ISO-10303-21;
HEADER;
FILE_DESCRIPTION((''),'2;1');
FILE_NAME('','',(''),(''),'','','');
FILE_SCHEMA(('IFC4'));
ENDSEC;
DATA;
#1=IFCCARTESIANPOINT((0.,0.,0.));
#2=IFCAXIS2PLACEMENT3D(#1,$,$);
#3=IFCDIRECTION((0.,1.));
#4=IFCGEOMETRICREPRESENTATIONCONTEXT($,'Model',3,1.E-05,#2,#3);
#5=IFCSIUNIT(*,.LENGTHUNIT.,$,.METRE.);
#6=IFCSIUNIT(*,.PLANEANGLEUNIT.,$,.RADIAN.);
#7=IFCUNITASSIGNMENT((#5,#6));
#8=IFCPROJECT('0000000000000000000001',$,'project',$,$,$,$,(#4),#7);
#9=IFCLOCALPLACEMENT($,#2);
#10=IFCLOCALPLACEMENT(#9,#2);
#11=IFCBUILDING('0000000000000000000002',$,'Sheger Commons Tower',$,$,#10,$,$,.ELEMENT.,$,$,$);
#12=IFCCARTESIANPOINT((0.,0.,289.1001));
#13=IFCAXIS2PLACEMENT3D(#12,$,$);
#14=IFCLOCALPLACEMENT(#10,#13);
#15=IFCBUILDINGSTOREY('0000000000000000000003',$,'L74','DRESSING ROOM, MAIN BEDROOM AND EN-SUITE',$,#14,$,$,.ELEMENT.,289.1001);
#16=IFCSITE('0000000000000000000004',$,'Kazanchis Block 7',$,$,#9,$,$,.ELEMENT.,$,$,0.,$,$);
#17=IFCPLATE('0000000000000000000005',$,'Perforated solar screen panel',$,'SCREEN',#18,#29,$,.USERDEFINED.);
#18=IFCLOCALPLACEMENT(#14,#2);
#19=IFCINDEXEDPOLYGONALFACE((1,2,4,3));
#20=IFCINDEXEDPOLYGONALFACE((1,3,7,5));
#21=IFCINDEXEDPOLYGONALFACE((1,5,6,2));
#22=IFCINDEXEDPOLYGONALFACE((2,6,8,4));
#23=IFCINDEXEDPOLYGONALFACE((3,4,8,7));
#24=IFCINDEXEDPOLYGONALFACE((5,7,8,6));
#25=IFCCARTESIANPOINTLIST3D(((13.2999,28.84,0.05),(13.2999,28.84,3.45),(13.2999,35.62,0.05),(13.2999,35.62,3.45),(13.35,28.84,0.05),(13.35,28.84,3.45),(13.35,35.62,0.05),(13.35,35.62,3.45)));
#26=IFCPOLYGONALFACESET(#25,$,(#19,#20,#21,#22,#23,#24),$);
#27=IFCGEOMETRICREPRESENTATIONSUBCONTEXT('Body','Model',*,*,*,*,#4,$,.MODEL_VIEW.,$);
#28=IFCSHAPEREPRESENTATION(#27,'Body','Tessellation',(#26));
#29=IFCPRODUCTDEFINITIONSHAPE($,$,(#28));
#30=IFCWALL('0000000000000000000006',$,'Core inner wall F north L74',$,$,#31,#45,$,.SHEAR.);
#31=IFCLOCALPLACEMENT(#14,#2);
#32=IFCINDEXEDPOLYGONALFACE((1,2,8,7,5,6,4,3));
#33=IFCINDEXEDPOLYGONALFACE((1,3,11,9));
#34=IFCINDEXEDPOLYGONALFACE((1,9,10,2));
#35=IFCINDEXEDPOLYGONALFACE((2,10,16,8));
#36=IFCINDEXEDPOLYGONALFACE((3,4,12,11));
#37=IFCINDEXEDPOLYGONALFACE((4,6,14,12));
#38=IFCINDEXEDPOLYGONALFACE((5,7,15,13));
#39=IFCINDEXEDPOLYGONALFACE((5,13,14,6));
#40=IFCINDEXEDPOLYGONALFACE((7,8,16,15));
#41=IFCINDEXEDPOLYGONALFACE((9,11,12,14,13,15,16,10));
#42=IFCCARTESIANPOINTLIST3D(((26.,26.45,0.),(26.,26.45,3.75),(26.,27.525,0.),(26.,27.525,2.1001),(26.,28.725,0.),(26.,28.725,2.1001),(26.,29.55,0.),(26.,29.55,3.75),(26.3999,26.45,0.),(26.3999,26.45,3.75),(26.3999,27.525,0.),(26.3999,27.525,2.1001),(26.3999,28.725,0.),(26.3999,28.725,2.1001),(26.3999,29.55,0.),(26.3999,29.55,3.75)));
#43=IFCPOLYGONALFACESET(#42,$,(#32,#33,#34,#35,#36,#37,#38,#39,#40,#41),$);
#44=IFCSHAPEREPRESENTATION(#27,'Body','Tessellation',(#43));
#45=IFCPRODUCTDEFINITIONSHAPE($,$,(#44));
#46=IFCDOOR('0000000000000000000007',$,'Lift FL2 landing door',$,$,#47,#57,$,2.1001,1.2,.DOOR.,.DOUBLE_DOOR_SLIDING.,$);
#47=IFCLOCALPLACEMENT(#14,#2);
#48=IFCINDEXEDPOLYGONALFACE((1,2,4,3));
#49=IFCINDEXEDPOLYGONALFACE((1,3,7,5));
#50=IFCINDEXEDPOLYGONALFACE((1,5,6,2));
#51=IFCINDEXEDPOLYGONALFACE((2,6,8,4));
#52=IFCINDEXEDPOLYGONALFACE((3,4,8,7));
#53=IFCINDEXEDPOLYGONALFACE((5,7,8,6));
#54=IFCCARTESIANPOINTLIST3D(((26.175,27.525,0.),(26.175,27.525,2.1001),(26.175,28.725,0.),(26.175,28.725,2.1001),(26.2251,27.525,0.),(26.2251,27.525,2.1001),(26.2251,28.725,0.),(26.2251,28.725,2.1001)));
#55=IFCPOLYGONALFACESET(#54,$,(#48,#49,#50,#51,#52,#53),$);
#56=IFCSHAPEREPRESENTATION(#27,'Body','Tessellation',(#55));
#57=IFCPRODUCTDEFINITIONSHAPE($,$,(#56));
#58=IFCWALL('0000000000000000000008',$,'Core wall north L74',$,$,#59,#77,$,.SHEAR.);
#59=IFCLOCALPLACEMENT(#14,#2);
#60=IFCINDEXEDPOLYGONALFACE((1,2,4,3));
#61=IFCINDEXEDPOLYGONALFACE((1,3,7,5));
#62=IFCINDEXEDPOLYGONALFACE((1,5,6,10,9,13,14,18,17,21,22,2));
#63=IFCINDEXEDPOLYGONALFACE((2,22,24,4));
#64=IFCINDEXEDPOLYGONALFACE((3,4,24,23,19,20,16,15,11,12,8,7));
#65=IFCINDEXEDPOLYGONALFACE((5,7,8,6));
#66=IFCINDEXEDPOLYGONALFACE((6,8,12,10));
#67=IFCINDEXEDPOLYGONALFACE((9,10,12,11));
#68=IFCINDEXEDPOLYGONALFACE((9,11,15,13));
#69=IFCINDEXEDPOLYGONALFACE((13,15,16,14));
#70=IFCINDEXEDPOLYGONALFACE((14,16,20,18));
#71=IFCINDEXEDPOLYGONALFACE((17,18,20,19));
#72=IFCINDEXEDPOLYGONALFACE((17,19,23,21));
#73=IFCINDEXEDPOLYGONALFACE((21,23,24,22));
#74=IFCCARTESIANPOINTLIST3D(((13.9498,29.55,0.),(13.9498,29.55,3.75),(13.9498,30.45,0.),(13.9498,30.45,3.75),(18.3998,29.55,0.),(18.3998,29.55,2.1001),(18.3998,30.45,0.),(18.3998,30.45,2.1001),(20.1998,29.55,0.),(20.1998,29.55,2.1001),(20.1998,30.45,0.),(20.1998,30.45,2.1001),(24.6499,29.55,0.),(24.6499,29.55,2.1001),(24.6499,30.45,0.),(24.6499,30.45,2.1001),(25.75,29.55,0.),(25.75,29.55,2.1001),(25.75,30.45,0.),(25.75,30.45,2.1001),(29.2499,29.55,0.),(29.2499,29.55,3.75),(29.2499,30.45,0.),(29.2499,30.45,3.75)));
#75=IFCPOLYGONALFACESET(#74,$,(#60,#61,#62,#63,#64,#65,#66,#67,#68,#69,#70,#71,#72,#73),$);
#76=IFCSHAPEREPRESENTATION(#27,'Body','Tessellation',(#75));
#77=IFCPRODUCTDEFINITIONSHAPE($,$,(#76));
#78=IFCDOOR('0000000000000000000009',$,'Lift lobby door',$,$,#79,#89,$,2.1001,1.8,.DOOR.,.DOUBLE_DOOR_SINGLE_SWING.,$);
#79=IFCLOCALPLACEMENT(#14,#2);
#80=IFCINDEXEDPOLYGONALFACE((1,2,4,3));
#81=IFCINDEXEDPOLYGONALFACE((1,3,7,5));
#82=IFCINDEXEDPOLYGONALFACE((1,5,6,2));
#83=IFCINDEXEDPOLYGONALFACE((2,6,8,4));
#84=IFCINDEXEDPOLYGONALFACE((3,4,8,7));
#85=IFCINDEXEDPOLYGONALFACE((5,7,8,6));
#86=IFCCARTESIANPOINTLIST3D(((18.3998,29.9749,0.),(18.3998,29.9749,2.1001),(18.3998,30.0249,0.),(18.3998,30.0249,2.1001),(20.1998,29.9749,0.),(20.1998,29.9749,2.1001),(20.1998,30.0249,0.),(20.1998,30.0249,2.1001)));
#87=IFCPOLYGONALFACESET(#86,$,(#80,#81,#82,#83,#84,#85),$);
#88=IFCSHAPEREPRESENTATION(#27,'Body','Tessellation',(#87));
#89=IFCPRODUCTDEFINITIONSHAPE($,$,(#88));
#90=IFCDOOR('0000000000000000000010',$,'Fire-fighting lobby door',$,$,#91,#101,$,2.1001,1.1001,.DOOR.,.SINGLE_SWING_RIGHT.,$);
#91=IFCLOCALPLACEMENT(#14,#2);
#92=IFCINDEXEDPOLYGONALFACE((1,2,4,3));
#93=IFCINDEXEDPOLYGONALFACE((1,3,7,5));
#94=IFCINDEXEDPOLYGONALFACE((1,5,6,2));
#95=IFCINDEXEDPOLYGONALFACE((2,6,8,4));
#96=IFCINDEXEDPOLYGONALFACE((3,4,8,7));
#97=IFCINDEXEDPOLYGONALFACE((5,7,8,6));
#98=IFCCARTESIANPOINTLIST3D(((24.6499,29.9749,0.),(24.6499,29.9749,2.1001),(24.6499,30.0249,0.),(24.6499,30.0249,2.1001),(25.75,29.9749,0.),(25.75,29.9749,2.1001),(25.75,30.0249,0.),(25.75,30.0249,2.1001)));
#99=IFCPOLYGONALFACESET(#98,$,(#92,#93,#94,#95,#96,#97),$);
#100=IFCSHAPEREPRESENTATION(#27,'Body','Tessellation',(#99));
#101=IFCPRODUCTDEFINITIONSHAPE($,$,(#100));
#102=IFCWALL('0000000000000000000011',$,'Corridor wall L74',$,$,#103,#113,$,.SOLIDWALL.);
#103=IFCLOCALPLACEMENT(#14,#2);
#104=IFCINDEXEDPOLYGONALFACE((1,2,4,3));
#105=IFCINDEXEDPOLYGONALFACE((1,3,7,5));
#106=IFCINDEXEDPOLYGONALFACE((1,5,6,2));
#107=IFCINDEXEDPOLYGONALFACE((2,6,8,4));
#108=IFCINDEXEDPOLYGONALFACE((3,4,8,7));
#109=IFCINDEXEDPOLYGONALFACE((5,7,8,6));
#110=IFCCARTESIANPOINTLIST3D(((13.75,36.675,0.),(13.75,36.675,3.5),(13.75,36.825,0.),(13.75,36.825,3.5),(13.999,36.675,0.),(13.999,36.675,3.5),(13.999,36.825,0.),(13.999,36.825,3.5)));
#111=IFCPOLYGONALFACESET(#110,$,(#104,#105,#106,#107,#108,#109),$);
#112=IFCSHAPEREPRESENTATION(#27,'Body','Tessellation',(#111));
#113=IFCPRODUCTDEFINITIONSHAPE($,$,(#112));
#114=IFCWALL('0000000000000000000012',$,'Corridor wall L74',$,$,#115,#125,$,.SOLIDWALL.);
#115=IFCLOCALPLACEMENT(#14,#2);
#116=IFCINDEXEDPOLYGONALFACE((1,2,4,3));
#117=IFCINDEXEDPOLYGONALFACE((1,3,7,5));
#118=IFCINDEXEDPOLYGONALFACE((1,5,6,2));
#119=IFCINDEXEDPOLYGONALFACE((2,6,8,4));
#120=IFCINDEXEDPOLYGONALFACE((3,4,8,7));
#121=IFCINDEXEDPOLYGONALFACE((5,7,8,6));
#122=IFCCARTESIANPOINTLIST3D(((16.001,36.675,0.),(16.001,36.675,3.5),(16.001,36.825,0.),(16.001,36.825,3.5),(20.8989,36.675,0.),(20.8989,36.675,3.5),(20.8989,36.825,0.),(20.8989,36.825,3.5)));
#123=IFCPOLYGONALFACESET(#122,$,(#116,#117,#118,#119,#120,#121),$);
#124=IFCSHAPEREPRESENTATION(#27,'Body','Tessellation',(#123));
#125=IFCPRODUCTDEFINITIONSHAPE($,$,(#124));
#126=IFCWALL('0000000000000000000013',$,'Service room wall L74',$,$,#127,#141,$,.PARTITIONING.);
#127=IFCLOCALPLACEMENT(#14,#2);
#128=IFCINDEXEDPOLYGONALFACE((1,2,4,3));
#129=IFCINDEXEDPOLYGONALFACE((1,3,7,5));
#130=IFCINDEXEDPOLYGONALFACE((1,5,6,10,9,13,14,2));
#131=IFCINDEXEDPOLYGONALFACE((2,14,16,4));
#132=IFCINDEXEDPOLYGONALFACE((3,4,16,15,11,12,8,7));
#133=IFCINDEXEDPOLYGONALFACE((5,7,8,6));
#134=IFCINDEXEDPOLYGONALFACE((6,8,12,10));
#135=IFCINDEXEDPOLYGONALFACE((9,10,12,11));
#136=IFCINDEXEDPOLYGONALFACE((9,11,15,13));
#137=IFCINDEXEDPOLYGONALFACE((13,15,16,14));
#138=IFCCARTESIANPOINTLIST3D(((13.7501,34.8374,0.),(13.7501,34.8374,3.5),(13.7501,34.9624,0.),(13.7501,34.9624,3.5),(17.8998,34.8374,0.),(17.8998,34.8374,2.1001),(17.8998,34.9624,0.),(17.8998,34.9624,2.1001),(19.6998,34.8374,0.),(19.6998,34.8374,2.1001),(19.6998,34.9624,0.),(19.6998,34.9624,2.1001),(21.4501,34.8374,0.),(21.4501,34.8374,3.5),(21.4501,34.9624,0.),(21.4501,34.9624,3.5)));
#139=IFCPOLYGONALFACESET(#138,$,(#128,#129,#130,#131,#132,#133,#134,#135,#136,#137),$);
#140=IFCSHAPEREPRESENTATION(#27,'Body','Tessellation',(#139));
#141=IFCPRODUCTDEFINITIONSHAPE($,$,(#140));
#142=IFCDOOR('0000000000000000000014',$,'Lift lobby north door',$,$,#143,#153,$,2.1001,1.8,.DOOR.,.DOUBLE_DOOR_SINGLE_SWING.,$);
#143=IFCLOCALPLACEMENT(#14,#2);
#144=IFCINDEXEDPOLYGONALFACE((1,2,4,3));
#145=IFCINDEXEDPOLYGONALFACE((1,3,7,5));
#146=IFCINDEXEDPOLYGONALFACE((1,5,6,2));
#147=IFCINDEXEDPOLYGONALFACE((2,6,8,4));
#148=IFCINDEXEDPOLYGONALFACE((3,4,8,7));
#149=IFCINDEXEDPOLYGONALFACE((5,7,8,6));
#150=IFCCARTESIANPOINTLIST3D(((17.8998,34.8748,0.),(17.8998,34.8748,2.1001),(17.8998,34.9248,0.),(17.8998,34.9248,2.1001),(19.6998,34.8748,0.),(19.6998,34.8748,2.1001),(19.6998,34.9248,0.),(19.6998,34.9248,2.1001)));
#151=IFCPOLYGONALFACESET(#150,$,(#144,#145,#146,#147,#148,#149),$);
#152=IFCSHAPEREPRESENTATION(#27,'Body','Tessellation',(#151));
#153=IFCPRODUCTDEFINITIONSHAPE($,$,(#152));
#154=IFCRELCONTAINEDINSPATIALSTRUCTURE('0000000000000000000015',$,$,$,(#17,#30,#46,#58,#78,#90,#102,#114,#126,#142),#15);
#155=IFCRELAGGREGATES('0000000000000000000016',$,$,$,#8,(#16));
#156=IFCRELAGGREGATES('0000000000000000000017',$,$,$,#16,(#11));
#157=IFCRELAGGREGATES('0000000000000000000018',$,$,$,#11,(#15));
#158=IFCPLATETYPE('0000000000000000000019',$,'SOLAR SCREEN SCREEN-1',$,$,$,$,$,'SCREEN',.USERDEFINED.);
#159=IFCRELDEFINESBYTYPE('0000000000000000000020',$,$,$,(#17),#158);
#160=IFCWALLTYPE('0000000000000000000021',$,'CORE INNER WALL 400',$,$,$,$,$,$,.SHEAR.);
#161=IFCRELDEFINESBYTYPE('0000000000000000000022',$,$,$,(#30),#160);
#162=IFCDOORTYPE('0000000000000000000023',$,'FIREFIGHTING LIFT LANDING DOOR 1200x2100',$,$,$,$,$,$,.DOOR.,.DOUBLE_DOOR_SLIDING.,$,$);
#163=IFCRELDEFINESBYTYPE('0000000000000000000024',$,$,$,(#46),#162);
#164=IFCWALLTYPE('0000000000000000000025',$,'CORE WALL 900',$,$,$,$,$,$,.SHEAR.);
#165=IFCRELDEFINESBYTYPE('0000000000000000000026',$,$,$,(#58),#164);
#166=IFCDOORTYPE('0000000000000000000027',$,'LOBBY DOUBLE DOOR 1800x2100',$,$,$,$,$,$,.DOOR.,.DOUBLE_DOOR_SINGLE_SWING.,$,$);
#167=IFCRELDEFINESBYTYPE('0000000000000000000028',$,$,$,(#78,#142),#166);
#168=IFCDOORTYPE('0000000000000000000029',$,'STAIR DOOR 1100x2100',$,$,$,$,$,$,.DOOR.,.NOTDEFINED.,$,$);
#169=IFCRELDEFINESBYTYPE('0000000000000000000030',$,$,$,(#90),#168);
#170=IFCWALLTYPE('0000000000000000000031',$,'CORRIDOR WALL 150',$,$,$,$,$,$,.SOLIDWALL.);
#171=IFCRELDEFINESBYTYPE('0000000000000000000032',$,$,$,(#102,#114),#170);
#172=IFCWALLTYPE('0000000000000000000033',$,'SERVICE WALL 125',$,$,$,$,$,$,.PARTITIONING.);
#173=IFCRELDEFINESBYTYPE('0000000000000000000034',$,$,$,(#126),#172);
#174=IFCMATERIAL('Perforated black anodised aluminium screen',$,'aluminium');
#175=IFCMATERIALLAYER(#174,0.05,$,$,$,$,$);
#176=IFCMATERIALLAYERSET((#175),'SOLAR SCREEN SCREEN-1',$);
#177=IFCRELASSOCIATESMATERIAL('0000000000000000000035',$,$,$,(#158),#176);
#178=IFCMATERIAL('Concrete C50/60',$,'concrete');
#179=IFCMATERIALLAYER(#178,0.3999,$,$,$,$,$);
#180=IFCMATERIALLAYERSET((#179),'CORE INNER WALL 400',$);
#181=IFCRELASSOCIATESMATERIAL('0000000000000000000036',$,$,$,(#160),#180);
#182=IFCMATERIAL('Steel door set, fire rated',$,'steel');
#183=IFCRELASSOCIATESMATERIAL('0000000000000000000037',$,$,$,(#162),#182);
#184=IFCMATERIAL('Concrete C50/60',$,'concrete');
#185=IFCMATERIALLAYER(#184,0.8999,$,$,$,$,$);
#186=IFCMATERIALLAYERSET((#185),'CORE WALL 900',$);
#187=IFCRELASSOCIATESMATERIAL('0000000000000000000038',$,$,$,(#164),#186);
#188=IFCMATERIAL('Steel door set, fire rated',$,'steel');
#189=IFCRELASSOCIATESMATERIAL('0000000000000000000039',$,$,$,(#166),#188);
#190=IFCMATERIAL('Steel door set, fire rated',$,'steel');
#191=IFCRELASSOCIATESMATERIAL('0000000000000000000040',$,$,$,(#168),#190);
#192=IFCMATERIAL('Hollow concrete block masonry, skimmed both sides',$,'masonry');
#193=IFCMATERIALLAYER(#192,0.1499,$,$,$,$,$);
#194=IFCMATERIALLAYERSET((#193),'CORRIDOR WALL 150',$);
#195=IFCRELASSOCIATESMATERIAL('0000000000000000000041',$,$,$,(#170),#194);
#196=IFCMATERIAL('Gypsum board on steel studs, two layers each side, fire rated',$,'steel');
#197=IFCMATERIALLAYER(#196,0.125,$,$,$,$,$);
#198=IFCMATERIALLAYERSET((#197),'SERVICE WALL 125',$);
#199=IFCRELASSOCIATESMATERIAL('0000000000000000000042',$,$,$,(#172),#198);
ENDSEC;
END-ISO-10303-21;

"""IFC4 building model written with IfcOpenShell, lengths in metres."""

from ifc_helpers import new_model, si_unit, direction, frame, frame_2d, origin, origin_2d, place, context, subcontext, project, spatial, rectangle, extrude, material, layer, layer_set, type_object, element, fill, save


model = new_model("IFC4")

# Units and contexts
model_context = context("Model", 3, precision=1e-05, world=origin(), true_north=direction((0.0, 1.0)))
body_context = subcontext(model_context, "Body", "Model", "MODEL_VIEW")
ifc_project = project(units=[si_unit("LENGTHUNIT", "METRE"), si_unit("PLANEANGLEUNIT", "RADIAN")], contexts=[model_context])

# Site, building, storey
site_placement = place(None, origin())
site = spatial("IfcSite", under=ifc_project, at=site_placement, Name="Kazanchis Block 7", CompositionType="ELEMENT", RefElevation=0.0)
building_placement = place(site_placement, origin())
building = spatial("IfcBuilding", under=site, at=building_placement, Name="Sheger Commons Tower", CompositionType="ELEMENT")
storey_placement = place(building_placement, frame((0.0, 0.0, 289.1001)))
storey = spatial("IfcBuildingStorey", under=building, at=storey_placement, Name="L74", Description="DRESSING ROOM, MAIN BEDROOM AND EN-SUITE", CompositionType="ELEMENT", Elevation=289.1001)

# Plate
ifc_material_1 = material(Name="Perforated black anodised aluminium screen", Category="aluminium")
ifc_layer_1 = layer(ifc_material_1, 0.05)
ifc_layer_set_1 = layer_set([ifc_layer_1], Name="SOLAR SCREEN SCREEN-1")
plate_type = type_object("IfcPlateType", Name="SOLAR SCREEN SCREEN-1", ElementType="SCREEN", PredefinedType="USERDEFINED", material=ifc_layer_set_1)
plate_placement = place(storey_placement, frame((13.325, 32.23, 0.05), z_axis=(0.0, 0.0, 1.0), x_axis=(0.0, -1.0, 0.0)))
element("IfcPlate", 1, at=plate_placement, inside=storey, type_object=plate_type, Name="Perforated solar screen panel", ObjectType="SCREEN", PredefinedType="USERDEFINED", context=body_context, shape_type="SweptSolid", body=[
    extrude(rectangle(XDim=6.78, YDim=0.05, at=origin_2d()), origin(), (0.0, 0.0, 1.0), 3.3999),
])

# Wall, opening, door
ifc_material_2 = material(Name="Concrete C50/60", Category="concrete")
ifc_layer_2 = layer(ifc_material_2, 0.3999)
ifc_layer_set_2 = layer_set([ifc_layer_2], Name="CORE INNER WALL 400")
wall_type_1 = type_object("IfcWallType", Name="CORE INNER WALL 400", PredefinedType="SHEAR", material=ifc_layer_set_2)
wall_1_placement = place(storey_placement, frame((26.2, 26.45, 0.0), z_axis=(0.0, 0.0, 1.0), x_axis=(0.0, 1.0, 0.0)))
wall_1 = element("IfcWall", 2, at=wall_1_placement, inside=storey, type_object=wall_type_1, Name="Core inner wall F north L74", PredefinedType="SHEAR", context=body_context, shape_type="SweptSolid", body=[
    extrude(rectangle(XDim=3.1001, YDim=0.3999, at=frame_2d((1.55, 0.0))), origin(), (0.0, 0.0, 1.0), 3.75),
])
opening_1_placement = place(wall_1_placement, frame((1.075, 0.0, 0.0)))
opening_1 = element("IfcOpeningElement", 3, at=opening_1_placement, cuts=wall_1, PredefinedType="OPENING", context=body_context, shape_type="SweptSolid", body=[
    extrude(rectangle(XDim=1.2, YDim=2.1001, at=frame_2d((0.6001, 1.05))), frame((0.0, 0.21, 0.0), z_axis=(0.0, -1.0, 0.0), x_axis=(1.0, 0.0, 0.0)), (0.0, 0.0, 1.0), 0.4199),
])
ifc_material_3 = material(Name="Steel door set, fire rated", Category="steel")
door_type_1 = type_object("IfcDoorType", Name="FIREFIGHTING LIFT LANDING DOOR 1200x2100", OperationType="DOUBLE_DOOR_SLIDING", PredefinedType="DOOR", material=ifc_material_3)
door_1_placement = place(opening_1_placement, origin())
door_1 = element("IfcDoor", 4, at=door_1_placement, inside=storey, type_object=door_type_1, Name="Lift FL2 landing door", OperationType="DOUBLE_DOOR_SLIDING", OverallHeight=2.1001, OverallWidth=1.2, PredefinedType="DOOR", context=body_context, shape_type="SweptSolid", body=[
    extrude(rectangle(XDim=1.2, YDim=2.1001, at=frame_2d((0.6001, 1.05))), frame((0.0, 0.0249, 0.0), z_axis=(0.0, -1.0, 0.0), x_axis=(1.0, 0.0, 0.0)), (0.0, 0.0, 1.0), 0.05),
])
fill(opening_1, door_1)

# Wall, openings, doors
ifc_material_4 = material(Name="Concrete C50/60", Category="concrete")
ifc_layer_3 = layer(ifc_material_4, 0.8999)
ifc_layer_set_3 = layer_set([ifc_layer_3], Name="CORE WALL 900")
wall_type_2 = type_object("IfcWallType", Name="CORE WALL 900", PredefinedType="SHEAR", material=ifc_layer_set_3)
wall_2_placement = place(storey_placement, frame((13.95, 30.0, 0.0), z_axis=(0.0, 0.0, 1.0), x_axis=(1.0, 0.0, 0.0)))
wall_2 = element("IfcWall", 5, at=wall_2_placement, inside=storey, type_object=wall_type_2, Name="Core wall north L74", PredefinedType="SHEAR", context=body_context, shape_type="SweptSolid", body=[
    extrude(rectangle(XDim=15.3, YDim=0.8999, at=frame_2d((7.6499, 0.0))), origin(), (0.0, 0.0, 1.0), 3.75),
])
opening_2_placement = place(wall_2_placement, frame((4.45, 0.0, 0.0)))
opening_2 = element("IfcOpeningElement", 6, at=opening_2_placement, cuts=wall_2, PredefinedType="OPENING", context=body_context, shape_type="SweptSolid", body=[
    extrude(rectangle(XDim=1.8, YDim=2.1001, at=frame_2d((0.8999, 1.05))), frame((0.0, 0.46, 0.0), z_axis=(0.0, -1.0, 0.0), x_axis=(1.0, 0.0, 0.0)), (0.0, 0.0, 1.0), 0.9199),
])
opening_3_placement = place(wall_2_placement, frame((10.7, 0.0, 0.0)))
opening_3 = element("IfcOpeningElement", 7, at=opening_3_placement, cuts=wall_2, PredefinedType="OPENING", context=body_context, shape_type="SweptSolid", body=[
    extrude(rectangle(XDim=1.1001, YDim=2.1001, at=frame_2d((0.55, 1.05))), frame((0.0, 0.46, 0.0), z_axis=(0.0, -1.0, 0.0), x_axis=(1.0, 0.0, 0.0)), (0.0, 0.0, 1.0), 0.9199),
])
ifc_material_5 = material(Name="Steel door set, fire rated", Category="steel")
door_type_2 = type_object("IfcDoorType", Name="LOBBY DOUBLE DOOR 1800x2100", OperationType="DOUBLE_DOOR_SINGLE_SWING", PredefinedType="DOOR", material=ifc_material_5)
door_2_placement = place(opening_2_placement, origin())
door_2 = element("IfcDoor", 8, at=door_2_placement, inside=storey, type_object=door_type_2, Name="Lift lobby door", OperationType="DOUBLE_DOOR_SINGLE_SWING", OverallHeight=2.1001, OverallWidth=1.8, PredefinedType="DOOR", context=body_context, shape_type="SweptSolid", body=[
    extrude(rectangle(XDim=1.8, YDim=2.1001, at=frame_2d((0.8999, 1.05))), frame((0.0, 0.0249, 0.0), z_axis=(0.0, -1.0, 0.0), x_axis=(1.0, 0.0, 0.0)), (0.0, 0.0, 1.0), 0.05),
])
fill(opening_2, door_2)
ifc_material_6 = material(Name="Steel door set, fire rated", Category="steel")
door_type_3 = type_object("IfcDoorType", Name="STAIR DOOR 1100x2100", OperationType="NOTDEFINED", PredefinedType="DOOR", material=ifc_material_6)
door_3_placement = place(opening_3_placement, origin())
door_3 = element("IfcDoor", 9, at=door_3_placement, inside=storey, type_object=door_type_3, Name="Fire-fighting lobby door", OperationType="SINGLE_SWING_RIGHT", OverallHeight=2.1001, OverallWidth=1.1001, PredefinedType="DOOR", context=body_context, shape_type="SweptSolid", body=[
    extrude(rectangle(XDim=1.1001, YDim=2.1001, at=frame_2d((0.55, 1.05))), frame((0.0, 0.0249, 0.0), z_axis=(0.0, -1.0, 0.0), x_axis=(1.0, 0.0, 0.0)), (0.0, 0.0, 1.0), 0.05),
])
fill(opening_3, door_3)

# Walls
ifc_material_7 = material(Name="Hollow concrete block masonry, skimmed both sides", Category="masonry")
ifc_layer_4 = layer(ifc_material_7, 0.1499)
ifc_layer_set_4 = layer_set([ifc_layer_4], Name="CORRIDOR WALL 150")
wall_type_3 = type_object("IfcWallType", Name="CORRIDOR WALL 150", PredefinedType="SOLIDWALL", material=ifc_layer_set_4)
wall_3_placement = place(storey_placement, frame((13.75, 36.75, 0.0), z_axis=(0.0, 0.0, 1.0), x_axis=(1.0, 0.0, 0.0)))
element("IfcWall", 10, at=wall_3_placement, inside=storey, type_object=wall_type_3, Name="Corridor wall L74", PredefinedType="SOLIDWALL", context=body_context, shape_type="SweptSolid", body=[
    extrude(rectangle(XDim=0.249, YDim=0.1499, at=frame_2d((0.1245, 0.0))), origin(), (0.0, 0.0, 1.0), 3.5),
])
wall_4_placement = place(storey_placement, frame((16.001, 36.75, 0.0), z_axis=(0.0, 0.0, 1.0), x_axis=(1.0, 0.0, 0.0)))
element("IfcWall", 11, at=wall_4_placement, inside=storey, type_object=wall_type_3, Name="Corridor wall L74", PredefinedType="SOLIDWALL", context=body_context, shape_type="SweptSolid", body=[
    extrude(rectangle(XDim=4.8979, YDim=0.1499, at=frame_2d((2.449, 0.0))), origin(), (0.0, 0.0, 1.0), 3.5),
])

# Wall, opening, door
ifc_material_8 = material(Name="Gypsum board on steel studs, two layers each side, fire rated", Category="steel")
ifc_layer_5 = layer(ifc_material_8, 0.125)
ifc_layer_set_5 = layer_set([ifc_layer_5], Name="SERVICE WALL 125")
wall_type_4 = type_object("IfcWallType", Name="SERVICE WALL 125", PredefinedType="PARTITIONING", material=ifc_layer_set_5)
wall_5_placement = place(storey_placement, frame((13.75, 34.8999, 0.0), z_axis=(0.0, 0.0, 1.0), x_axis=(1.0, 0.0, 0.0)))
wall_5 = element("IfcWall", 12, at=wall_5_placement, inside=storey, type_object=wall_type_4, Name="Service room wall L74", PredefinedType="PARTITIONING", context=body_context, shape_type="SweptSolid", body=[
    extrude(rectangle(XDim=7.7, YDim=0.125, at=frame_2d((3.8501, 0.0))), origin(), (0.0, 0.0, 1.0), 3.5),
])
opening_4_placement = place(wall_5_placement, frame((4.1499, 0.0, 0.0)))
opening_4 = element("IfcOpeningElement", 13, at=opening_4_placement, cuts=wall_5, PredefinedType="OPENING", context=body_context, shape_type="SweptSolid", body=[
    extrude(rectangle(XDim=1.8, YDim=2.1001, at=frame_2d((0.8999, 1.05))), frame((0.0, 0.0725, 0.0), z_axis=(0.0, -1.0, 0.0), x_axis=(1.0, 0.0, 0.0)), (0.0, 0.0, 1.0), 0.145),
])
door_4_placement = place(opening_4_placement, origin())
door_4 = element("IfcDoor", 14, at=door_4_placement, inside=storey, type_object=door_type_2, Name="Lift lobby north door", OperationType="DOUBLE_DOOR_SINGLE_SWING", OverallHeight=2.1001, OverallWidth=1.8, PredefinedType="DOOR", context=body_context, shape_type="SweptSolid", body=[
    extrude(rectangle(XDim=1.8, YDim=2.1001, at=frame_2d((0.8999, 1.05))), frame((0.0, 0.0249, 0.0), z_axis=(0.0, -1.0, 0.0), x_axis=(1.0, 0.0, 0.0)), (0.0, 0.0, 1.0), 0.05),
])
fill(opening_4, door_4)

save(model, "model.ifc")
